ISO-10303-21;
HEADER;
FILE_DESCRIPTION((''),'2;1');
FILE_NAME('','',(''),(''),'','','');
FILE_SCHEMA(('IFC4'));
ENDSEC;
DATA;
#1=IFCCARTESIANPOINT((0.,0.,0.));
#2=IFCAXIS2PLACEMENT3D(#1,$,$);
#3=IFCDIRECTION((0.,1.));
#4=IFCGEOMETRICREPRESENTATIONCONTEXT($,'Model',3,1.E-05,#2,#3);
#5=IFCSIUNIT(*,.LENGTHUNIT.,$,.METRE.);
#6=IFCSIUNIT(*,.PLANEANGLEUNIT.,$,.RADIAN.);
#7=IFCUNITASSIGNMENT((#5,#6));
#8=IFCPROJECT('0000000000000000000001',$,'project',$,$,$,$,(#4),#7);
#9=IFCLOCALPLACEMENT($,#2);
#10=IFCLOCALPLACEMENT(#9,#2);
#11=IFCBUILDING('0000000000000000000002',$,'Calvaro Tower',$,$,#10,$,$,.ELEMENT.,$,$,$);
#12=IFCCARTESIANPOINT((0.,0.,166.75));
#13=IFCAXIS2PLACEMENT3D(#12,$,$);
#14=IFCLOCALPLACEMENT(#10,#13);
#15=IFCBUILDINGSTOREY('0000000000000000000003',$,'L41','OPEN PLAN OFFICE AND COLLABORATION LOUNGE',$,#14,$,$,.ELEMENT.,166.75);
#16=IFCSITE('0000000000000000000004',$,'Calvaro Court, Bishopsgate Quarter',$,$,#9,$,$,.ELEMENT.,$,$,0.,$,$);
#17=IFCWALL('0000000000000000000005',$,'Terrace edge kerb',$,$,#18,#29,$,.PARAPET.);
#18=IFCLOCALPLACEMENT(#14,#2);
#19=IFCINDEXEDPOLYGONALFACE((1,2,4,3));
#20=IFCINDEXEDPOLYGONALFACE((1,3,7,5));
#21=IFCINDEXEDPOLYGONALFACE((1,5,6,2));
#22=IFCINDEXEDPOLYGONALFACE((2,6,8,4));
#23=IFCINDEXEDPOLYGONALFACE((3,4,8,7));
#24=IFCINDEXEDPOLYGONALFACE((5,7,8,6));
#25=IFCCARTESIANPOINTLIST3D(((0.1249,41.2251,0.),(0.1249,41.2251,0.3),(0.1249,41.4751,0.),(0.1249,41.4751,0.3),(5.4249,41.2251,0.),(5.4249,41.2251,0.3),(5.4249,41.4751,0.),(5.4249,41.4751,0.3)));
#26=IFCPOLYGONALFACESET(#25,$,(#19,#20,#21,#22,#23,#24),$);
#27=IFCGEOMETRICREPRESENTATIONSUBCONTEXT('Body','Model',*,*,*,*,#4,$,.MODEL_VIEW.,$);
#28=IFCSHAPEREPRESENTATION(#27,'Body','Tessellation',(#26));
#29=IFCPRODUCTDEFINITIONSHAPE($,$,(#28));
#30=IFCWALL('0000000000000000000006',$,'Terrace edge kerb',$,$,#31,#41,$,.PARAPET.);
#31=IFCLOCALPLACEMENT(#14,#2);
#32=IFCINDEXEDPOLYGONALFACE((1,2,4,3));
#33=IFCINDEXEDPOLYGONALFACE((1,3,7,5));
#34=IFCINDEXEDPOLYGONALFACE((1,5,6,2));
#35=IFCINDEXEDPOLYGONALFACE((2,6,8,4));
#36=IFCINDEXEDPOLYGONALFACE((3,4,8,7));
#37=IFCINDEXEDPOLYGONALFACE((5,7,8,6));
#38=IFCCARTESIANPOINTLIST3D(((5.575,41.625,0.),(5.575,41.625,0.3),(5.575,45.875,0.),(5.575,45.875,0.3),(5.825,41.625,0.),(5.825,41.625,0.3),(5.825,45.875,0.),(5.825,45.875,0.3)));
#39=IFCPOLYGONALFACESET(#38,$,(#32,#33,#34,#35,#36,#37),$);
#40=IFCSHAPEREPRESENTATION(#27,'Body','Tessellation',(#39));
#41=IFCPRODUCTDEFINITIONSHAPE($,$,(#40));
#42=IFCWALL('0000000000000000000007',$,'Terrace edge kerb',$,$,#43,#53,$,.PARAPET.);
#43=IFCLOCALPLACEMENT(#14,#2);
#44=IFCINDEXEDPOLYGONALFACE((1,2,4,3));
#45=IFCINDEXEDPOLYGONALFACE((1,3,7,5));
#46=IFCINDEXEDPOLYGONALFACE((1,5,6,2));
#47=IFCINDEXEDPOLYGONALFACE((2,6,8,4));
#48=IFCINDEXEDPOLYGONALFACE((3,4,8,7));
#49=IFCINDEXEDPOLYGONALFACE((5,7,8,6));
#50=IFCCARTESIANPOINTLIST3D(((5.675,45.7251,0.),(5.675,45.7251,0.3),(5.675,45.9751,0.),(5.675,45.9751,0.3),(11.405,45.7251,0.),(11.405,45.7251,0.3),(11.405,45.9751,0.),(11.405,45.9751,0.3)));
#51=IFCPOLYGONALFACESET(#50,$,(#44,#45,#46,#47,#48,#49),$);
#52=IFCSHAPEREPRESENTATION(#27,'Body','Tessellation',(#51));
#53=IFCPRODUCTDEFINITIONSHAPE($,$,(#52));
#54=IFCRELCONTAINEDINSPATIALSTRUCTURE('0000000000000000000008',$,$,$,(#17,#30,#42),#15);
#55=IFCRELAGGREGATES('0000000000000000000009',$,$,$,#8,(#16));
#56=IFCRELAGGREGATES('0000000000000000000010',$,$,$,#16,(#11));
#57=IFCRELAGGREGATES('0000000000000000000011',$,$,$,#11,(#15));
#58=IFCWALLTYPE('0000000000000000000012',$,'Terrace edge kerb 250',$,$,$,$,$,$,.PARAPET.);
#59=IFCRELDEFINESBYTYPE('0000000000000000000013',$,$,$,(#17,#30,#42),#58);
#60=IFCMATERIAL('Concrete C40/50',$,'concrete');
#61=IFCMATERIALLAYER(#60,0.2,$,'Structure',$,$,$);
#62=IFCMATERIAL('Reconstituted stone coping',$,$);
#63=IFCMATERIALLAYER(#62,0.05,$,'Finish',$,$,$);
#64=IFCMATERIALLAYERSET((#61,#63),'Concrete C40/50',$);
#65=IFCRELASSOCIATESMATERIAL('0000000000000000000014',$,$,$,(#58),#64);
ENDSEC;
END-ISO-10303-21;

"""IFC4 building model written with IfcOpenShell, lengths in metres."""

from ifc_helpers import new_model, si_unit, direction, frame, frame_2d, origin, place, context, subcontext, project, spatial, rectangle, extrude, material, layer, layer_set, type_object, element, save


model = new_model("IFC4")

# Units and contexts
model_context = context("Model", 3, precision=1e-05, world=origin(), true_north=direction((0.0, 1.0)))
body_context = subcontext(model_context, "Body", "Model", "MODEL_VIEW")
ifc_project = project(units=[si_unit("LENGTHUNIT", "METRE"), si_unit("PLANEANGLEUNIT", "RADIAN")], contexts=[model_context])

# Site, building, storey
site_placement = place(None, origin())
site = spatial("IfcSite", under=ifc_project, at=site_placement, Name="Calvaro Court, Bishopsgate Quarter", CompositionType="ELEMENT", RefElevation=0.0)
building_placement = place(site_placement, origin())
building = spatial("IfcBuilding", under=site, at=building_placement, Name="Calvaro Tower", CompositionType="ELEMENT")
storey_placement = place(building_placement, frame((0.0, 0.0, 166.75)))
storey = spatial("IfcBuildingStorey", under=building, at=storey_placement, Name="L41", Description="OPEN PLAN OFFICE AND COLLABORATION LOUNGE", CompositionType="ELEMENT", Elevation=166.75)

# Walls
ifc_material_1 = material(Name="Concrete C40/50", Category="concrete")
ifc_layer_1 = layer(ifc_material_1, 0.2, Name="Structure")
ifc_material_2 = material(Name="Reconstituted stone coping")
ifc_layer_2 = layer(ifc_material_2, 0.05, Name="Finish")
ifc_layer_set_1 = layer_set([ifc_layer_1, ifc_layer_2], Name="Concrete C40/50")
wall_type_1 = type_object("IfcWallType", Name="Terrace edge kerb 250", PredefinedType="PARAPET", material=ifc_layer_set_1)
wall_1_placement = place(storey_placement, frame((0.125, 41.3501, 0.0), z_axis=(0.0, 0.0, 1.0), x_axis=(1.0, 0.0, 0.0)))
element("IfcWall", 1, at=wall_1_placement, inside=storey, type_object=wall_type_1, Name="Terrace edge kerb", PredefinedType="PARAPET", context=body_context, shape_type="SweptSolid", body=[
    extrude(rectangle(XDim=5.3, YDim=0.25, at=frame_2d((2.6499, 0.0))), origin(), (0.0, 0.0, 1.0), 0.3),
])
wall_2_placement = place(storey_placement, frame((5.7, 41.625, 0.0), z_axis=(0.0, 0.0, 1.0), x_axis=(0.0, 1.0, 0.0)))
element("IfcWall", 2, at=wall_2_placement, inside=storey, type_object=wall_type_1, Name="Terrace edge kerb", PredefinedType="PARAPET", context=body_context, shape_type="SweptSolid", body=[
    extrude(rectangle(XDim=4.25, YDim=0.25, at=frame_2d((2.125, 0.0))), origin(), (0.0, 0.0, 1.0), 0.3),
])
wall_3_placement = place(storey_placement, frame((5.675, 45.8501, 0.0), z_axis=(0.0, 0.0, 1.0), x_axis=(1.0, 0.0, 0.0)))
element("IfcWall", 3, at=wall_3_placement, inside=storey, type_object=wall_type_1, Name="Terrace edge kerb", PredefinedType="PARAPET", context=body_context, shape_type="SweptSolid", body=[
    extrude(rectangle(XDim=5.73, YDim=0.25, at=frame_2d((2.865, 0.0))), origin(), (0.0, 0.0, 1.0), 0.3),
])

save(model, "model.ifc")
